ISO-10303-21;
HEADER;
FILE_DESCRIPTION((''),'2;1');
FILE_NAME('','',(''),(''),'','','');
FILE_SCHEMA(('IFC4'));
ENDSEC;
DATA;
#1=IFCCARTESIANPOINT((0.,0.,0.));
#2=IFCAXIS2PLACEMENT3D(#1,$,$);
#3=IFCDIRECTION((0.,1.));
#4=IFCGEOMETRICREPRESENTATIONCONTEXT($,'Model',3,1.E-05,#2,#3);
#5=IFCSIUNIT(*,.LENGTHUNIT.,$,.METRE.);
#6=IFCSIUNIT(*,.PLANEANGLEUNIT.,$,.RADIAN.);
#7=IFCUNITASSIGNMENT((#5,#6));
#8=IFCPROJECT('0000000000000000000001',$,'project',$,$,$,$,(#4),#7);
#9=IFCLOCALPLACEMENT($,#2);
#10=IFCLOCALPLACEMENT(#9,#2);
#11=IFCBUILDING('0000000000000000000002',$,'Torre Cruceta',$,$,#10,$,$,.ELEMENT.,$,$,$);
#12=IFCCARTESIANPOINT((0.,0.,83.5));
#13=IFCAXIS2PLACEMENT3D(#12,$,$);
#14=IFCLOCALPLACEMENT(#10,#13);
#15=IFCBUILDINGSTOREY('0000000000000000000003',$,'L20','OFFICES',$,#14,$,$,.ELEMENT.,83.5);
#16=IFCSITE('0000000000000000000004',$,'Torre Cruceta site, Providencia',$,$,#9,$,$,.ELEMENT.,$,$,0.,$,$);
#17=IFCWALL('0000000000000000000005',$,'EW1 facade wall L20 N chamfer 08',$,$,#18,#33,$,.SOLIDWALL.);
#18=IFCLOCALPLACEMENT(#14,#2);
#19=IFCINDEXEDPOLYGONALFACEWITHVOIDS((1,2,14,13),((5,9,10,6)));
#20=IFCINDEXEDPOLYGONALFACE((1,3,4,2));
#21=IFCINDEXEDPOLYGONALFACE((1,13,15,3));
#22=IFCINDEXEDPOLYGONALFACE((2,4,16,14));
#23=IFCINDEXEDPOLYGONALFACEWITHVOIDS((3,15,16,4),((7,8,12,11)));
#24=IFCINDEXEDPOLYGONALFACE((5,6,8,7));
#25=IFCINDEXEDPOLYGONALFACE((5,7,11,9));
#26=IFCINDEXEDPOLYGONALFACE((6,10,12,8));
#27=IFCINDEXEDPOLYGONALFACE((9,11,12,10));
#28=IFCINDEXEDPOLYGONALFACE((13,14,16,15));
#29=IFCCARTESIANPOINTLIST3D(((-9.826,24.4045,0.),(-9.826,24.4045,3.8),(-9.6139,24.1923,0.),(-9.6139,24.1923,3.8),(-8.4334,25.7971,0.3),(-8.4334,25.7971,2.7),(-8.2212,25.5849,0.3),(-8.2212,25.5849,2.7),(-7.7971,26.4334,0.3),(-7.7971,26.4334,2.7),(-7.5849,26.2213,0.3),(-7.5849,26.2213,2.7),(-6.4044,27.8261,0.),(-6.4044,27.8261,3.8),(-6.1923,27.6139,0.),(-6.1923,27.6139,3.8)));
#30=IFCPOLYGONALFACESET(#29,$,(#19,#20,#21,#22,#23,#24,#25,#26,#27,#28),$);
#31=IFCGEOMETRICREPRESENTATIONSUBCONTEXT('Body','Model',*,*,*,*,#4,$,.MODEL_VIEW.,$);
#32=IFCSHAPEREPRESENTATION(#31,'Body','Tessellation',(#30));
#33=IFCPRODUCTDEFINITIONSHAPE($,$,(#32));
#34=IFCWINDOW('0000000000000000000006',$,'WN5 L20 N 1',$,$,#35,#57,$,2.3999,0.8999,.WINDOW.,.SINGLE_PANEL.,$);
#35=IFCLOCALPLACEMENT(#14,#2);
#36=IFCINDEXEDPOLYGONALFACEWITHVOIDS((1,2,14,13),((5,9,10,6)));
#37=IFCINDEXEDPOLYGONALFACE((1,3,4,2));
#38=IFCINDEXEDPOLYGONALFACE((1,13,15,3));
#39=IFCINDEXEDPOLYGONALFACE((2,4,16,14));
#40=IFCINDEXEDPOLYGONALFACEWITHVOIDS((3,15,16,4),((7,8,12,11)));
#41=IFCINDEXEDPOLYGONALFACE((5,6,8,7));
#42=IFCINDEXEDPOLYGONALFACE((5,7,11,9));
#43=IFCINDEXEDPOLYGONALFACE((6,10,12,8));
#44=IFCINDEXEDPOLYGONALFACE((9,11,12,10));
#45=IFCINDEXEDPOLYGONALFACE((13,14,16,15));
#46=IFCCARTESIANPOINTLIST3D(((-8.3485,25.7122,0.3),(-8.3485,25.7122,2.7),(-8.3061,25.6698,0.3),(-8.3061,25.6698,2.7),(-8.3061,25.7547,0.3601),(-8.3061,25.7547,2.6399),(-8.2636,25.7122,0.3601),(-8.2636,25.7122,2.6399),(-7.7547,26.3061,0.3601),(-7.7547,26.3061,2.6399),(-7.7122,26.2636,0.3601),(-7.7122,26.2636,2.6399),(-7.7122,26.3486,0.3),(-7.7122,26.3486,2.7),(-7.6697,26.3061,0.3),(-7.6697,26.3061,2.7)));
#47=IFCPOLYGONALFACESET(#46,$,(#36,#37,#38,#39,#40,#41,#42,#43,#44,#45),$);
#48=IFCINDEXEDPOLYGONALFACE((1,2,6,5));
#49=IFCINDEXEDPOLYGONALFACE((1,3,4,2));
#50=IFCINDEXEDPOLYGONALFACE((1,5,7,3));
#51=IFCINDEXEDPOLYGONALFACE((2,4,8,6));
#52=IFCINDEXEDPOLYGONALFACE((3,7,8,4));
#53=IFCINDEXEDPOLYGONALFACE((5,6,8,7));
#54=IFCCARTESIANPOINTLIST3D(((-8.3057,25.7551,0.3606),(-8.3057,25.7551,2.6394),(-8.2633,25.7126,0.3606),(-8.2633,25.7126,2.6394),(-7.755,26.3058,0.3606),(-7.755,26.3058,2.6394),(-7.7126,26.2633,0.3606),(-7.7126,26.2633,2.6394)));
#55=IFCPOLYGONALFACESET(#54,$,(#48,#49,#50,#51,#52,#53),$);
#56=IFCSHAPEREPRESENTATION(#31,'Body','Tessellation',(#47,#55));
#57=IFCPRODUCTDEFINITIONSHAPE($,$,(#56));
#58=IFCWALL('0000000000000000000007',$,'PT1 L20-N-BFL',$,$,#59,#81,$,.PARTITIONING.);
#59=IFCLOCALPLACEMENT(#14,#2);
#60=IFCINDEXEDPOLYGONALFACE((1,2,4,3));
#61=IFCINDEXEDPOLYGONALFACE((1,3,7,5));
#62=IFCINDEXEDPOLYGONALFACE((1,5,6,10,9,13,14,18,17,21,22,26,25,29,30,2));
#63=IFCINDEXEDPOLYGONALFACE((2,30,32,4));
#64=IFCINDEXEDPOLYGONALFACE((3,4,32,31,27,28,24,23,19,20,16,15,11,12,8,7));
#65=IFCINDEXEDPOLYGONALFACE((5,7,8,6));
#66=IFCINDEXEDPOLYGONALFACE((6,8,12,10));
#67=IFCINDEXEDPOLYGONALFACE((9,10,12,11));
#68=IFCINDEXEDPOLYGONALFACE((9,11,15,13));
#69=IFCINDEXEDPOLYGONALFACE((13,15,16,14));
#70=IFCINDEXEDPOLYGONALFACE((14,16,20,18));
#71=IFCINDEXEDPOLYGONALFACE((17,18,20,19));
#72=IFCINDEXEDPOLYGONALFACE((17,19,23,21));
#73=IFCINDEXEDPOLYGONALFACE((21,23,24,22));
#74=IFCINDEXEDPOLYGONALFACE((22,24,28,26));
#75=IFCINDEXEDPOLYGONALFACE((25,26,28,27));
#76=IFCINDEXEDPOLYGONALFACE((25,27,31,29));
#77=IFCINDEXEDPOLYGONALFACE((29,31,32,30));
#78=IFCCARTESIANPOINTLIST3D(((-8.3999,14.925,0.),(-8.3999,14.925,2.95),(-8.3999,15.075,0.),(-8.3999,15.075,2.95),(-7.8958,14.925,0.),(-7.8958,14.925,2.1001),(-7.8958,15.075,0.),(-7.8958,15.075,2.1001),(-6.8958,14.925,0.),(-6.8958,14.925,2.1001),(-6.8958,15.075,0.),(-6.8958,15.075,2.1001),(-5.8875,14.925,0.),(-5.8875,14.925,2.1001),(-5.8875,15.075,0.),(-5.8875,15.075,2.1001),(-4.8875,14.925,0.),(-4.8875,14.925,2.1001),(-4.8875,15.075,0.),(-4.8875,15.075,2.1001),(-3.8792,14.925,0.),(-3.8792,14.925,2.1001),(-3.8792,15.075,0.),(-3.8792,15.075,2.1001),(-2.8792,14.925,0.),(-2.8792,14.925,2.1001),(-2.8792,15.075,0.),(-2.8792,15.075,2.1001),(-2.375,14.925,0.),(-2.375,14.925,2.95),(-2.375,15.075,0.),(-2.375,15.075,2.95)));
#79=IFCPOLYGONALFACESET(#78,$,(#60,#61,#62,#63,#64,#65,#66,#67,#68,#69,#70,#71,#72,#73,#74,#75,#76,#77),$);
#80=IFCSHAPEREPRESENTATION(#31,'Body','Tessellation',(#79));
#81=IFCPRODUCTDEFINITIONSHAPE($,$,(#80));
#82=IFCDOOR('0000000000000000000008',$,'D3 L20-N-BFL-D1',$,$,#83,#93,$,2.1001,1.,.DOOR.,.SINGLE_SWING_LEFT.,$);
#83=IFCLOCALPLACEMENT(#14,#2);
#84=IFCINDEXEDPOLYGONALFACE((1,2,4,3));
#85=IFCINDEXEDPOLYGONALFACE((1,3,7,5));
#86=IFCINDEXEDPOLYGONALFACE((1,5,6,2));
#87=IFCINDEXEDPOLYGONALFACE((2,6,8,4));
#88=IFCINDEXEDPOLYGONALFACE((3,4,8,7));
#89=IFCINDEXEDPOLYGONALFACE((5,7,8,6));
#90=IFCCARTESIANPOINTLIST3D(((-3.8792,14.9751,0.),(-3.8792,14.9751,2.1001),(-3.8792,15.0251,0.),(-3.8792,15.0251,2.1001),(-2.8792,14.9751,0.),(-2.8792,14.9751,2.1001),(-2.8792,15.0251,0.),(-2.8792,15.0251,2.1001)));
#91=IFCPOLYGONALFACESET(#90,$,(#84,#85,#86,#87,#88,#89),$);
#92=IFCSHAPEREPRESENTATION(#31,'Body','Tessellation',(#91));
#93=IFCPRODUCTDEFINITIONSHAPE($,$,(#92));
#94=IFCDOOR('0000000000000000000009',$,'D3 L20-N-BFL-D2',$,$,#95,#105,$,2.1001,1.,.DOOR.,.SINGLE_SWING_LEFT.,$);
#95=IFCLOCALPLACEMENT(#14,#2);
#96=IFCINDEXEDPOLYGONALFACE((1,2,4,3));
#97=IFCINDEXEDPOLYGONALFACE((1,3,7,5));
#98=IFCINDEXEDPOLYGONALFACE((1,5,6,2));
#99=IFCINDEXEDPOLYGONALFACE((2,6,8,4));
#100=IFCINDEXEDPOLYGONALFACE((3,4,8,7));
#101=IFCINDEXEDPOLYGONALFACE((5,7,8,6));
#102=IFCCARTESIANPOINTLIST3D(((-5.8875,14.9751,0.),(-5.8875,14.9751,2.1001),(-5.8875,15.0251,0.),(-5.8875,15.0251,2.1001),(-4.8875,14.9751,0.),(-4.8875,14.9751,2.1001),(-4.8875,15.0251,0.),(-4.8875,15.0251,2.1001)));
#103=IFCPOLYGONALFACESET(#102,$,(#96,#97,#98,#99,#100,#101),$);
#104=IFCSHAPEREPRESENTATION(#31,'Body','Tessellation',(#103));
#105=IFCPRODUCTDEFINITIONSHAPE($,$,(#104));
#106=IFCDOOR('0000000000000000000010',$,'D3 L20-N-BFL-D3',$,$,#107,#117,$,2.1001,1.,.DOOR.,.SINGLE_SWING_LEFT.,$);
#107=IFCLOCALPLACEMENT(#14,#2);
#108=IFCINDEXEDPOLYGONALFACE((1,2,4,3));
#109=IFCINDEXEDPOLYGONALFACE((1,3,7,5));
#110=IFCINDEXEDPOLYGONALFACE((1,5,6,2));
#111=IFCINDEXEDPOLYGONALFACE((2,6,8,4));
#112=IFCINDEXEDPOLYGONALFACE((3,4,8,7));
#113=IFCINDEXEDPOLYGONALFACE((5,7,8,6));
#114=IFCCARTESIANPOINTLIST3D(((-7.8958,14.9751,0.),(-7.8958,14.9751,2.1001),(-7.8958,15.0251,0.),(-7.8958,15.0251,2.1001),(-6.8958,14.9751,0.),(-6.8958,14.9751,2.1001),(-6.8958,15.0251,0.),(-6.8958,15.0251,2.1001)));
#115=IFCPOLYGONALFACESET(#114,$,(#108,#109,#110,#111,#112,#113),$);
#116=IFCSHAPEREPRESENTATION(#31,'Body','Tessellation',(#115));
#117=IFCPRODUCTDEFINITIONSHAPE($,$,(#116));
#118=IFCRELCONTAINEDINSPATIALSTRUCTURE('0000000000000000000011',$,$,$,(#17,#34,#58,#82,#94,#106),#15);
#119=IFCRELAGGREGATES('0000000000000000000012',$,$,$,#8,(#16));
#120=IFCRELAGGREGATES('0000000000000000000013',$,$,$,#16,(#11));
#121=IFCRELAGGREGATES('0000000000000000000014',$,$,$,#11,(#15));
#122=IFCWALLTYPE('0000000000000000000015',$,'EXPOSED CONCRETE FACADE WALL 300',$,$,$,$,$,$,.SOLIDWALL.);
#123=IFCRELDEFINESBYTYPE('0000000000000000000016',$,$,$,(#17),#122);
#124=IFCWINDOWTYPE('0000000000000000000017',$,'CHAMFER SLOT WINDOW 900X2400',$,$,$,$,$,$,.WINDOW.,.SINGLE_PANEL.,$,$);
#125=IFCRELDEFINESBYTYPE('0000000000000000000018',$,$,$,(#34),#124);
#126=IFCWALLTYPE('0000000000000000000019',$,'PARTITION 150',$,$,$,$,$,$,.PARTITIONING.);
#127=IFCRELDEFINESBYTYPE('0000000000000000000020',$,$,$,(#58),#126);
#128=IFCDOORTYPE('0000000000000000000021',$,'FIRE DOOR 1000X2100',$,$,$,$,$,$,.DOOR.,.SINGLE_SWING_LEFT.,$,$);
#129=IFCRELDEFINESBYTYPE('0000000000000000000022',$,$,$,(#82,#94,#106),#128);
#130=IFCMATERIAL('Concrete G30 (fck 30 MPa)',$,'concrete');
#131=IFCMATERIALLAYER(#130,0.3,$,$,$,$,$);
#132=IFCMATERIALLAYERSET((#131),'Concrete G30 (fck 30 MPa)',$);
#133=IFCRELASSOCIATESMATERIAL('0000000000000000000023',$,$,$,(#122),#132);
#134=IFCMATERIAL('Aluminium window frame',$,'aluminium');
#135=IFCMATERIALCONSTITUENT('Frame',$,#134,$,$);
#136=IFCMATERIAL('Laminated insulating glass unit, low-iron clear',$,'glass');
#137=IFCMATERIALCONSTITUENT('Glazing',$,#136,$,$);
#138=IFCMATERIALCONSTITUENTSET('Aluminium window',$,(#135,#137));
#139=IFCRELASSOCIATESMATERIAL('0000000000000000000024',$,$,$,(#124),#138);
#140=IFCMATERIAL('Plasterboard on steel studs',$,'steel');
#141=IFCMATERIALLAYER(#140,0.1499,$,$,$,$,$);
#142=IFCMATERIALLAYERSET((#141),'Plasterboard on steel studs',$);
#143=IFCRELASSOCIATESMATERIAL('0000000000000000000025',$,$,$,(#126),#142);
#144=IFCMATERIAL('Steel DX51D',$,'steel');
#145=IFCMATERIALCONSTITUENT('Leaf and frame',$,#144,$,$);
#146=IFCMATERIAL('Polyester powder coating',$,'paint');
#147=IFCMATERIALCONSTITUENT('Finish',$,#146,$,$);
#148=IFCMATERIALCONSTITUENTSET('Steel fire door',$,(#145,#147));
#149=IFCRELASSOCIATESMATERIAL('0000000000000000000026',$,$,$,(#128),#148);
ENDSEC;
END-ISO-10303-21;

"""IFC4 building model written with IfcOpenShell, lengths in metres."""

from ifc_helpers import new_model, si_unit, direction, frame, frame_2d, origin, place, context, subcontext, project, spatial, rectangle, hollow_rectangle, extrude, material, layer, layer_set, constituent, constituent_set, type_object, element, fill, save


model = new_model("IFC4")

# Units and contexts
model_context = context("Model", 3, precision=1e-05, world=origin(), true_north=direction((0.0, 1.0)))
body_context = subcontext(model_context, "Body", "Model", "MODEL_VIEW")
ifc_project = project(units=[si_unit("LENGTHUNIT", "METRE"), si_unit("PLANEANGLEUNIT", "RADIAN")], contexts=[model_context])

# Site, building, storey
site_placement = place(None, origin())
site = spatial("IfcSite", under=ifc_project, at=site_placement, Name="Torre Cruceta site, Providencia", CompositionType="ELEMENT", RefElevation=0.0)
building_placement = place(site_placement, origin())
building = spatial("IfcBuilding", under=site, at=building_placement, Name="Torre Cruceta", CompositionType="ELEMENT")
storey_placement = place(building_placement, frame((0.0, 0.0, 83.5)))
storey = spatial("IfcBuildingStorey", under=building, at=storey_placement, Name="L20", Description="OFFICES", CompositionType="ELEMENT", Elevation=83.5)

# Wall, opening, window
ifc_material_1 = material(Name="Concrete G30 (fck 30 MPa)", Category="concrete")
ifc_layer_1 = layer(ifc_material_1, 0.3)
ifc_layer_set_1 = layer_set([ifc_layer_1], Name="Concrete G30 (fck 30 MPa)")
wall_type_1 = type_object("IfcWallType", Name="EXPOSED CONCRETE FACADE WALL 300", PredefinedType="SOLIDWALL", material=ifc_layer_set_1)
wall_1_placement = place(storey_placement, frame((-6.2983, 27.72, 0.0), z_axis=(0.0, 0.0, 1.0), x_axis=(-0.707107, -0.707107, 0.0)))
wall_1 = element("IfcWall", 1, at=wall_1_placement, inside=storey, type_object=wall_type_1, Name="EW1 facade wall L20 N chamfer 08", PredefinedType="SOLIDWALL", context=body_context, shape_type="SweptSolid", body=[
    extrude(rectangle(XDim=4.8389, YDim=0.3, at=frame_2d((2.4194, 0.0))), origin(), (0.0, 0.0, 1.0), 3.8),
])
opening_1_placement = place(wall_1_placement, frame((1.9695, 0.0, 0.3)))
opening_1 = element("IfcOpeningElement", 2, at=opening_1_placement, cuts=wall_1, PredefinedType="OPENING", context=body_context, shape_type="SweptSolid", body=[
    extrude(rectangle(XDim=0.8999, YDim=2.3999, at=frame_2d((0.45, 1.2))), frame((0.0, 0.1599, 0.0), z_axis=(0.0, -1.0, 0.0), x_axis=(1.0, 0.0, 0.0)), (0.0, 0.0, 1.0), 0.3201),
])
ifc_material_2 = material(Name="Aluminium window frame", Category="aluminium")
ifc_constituent_1 = constituent(ifc_material_2, Name="Frame")
ifc_material_3 = material(Name="Laminated insulating glass unit, low-iron clear", Category="glass")
ifc_constituent_2 = constituent(ifc_material_3, Name="Glazing")
ifc_constituent_set_1 = constituent_set(constituents=[ifc_constituent_1, ifc_constituent_2], Name="Aluminium window")
window_type = type_object("IfcWindowType", Name="CHAMFER SLOT WINDOW 900X2400", PartitioningType="SINGLE_PANEL", PredefinedType="WINDOW", material=ifc_constituent_set_1)
window_placement = place(opening_1_placement, origin())
window = element("IfcWindow", 3, at=window_placement, inside=storey, type_object=window_type, Name="WN5 L20 N 1", OverallHeight=2.3999, OverallWidth=0.8999, PartitioningType="SINGLE_PANEL", PredefinedType="WINDOW", context=body_context, shape_type="SweptSolid", body=[
    extrude(hollow_rectangle(XDim=0.8999, YDim=2.3999, WallThickness=0.0601, at=frame_2d((0.45, 1.2))), frame((0.0, 0.03, 0.0), z_axis=(0.0, -1.0, 0.0), x_axis=(1.0, 0.0, 0.0)), (0.0, 0.0, 1.0), 0.0601),
    extrude(rectangle(XDim=0.7788, YDim=2.2788, at=frame_2d((0.45, 1.2))), frame((0.0, 0.03, 0.0), z_axis=(0.0, -1.0, 0.0), x_axis=(1.0, 0.0, 0.0)), (0.0, 0.0, 1.0), 0.0601),
])
fill(opening_1, window)

# Wall, openings, doors
ifc_material_4 = material(Name="Plasterboard on steel studs", Category="steel")
ifc_layer_2 = layer(ifc_material_4, 0.1499)
ifc_layer_set_2 = layer_set([ifc_layer_2], Name="Plasterboard on steel studs")
wall_type_2 = type_object("IfcWallType", Name="PARTITION 150", PredefinedType="PARTITIONING", material=ifc_layer_set_2)
wall_2_placement = place(storey_placement, frame((-2.375, 15.0, 0.0), z_axis=(0.0, 0.0, 1.0), x_axis=(-1.0, 0.0, 0.0)))
wall_2 = element("IfcWall", 4, at=wall_2_placement, inside=storey, type_object=wall_type_2, Name="PT1 L20-N-BFL", PredefinedType="PARTITIONING", context=body_context, shape_type="SweptSolid", body=[
    extrude(rectangle(XDim=6.0249, YDim=0.1499, at=frame_2d((3.0125, 0.0))), origin(), (0.0, 0.0, 1.0), 2.95),
])
opening_2_placement = place(wall_2_placement, frame((0.5042, 0.0, 0.0)))
opening_2 = element("IfcOpeningElement", 5, at=opening_2_placement, cuts=wall_2, PredefinedType="OPENING", context=body_context, shape_type="SweptSolid", body=[
    extrude(rectangle(XDim=1.0, YDim=2.1001, at=frame_2d((0.5, 1.05))), frame((0.0, 0.085, 0.0), z_axis=(0.0, -1.0, 0.0), x_axis=(1.0, 0.0, 0.0)), (0.0, 0.0, 1.0), 0.1699),
])
opening_3_placement = place(wall_2_placement, frame((2.5125, 0.0, 0.0)))
opening_3 = element("IfcOpeningElement", 6, at=opening_3_placement, cuts=wall_2, PredefinedType="OPENING", context=body_context, shape_type="SweptSolid", body=[
    extrude(rectangle(XDim=1.0, YDim=2.1001, at=frame_2d((0.5, 1.05))), frame((0.0, 0.085, 0.0), z_axis=(0.0, -1.0, 0.0), x_axis=(1.0, 0.0, 0.0)), (0.0, 0.0, 1.0), 0.1699),
])
opening_4_placement = place(wall_2_placement, frame((4.5208, 0.0, 0.0)))
opening_4 = element("IfcOpeningElement", 7, at=opening_4_placement, cuts=wall_2, PredefinedType="OPENING", context=body_context, shape_type="SweptSolid", body=[
    extrude(rectangle(XDim=1.0, YDim=2.1001, at=frame_2d((0.5, 1.05))), frame((0.0, 0.085, 0.0), z_axis=(0.0, -1.0, 0.0), x_axis=(1.0, 0.0, 0.0)), (0.0, 0.0, 1.0), 0.1699),
])
ifc_material_5 = material(Name="Steel DX51D", Category="steel")
ifc_constituent_3 = constituent(ifc_material_5, Name="Leaf and frame")
ifc_material_6 = material(Name="Polyester powder coating", Category="paint")
ifc_constituent_4 = constituent(ifc_material_6, Name="Finish")
ifc_constituent_set_2 = constituent_set(constituents=[ifc_constituent_3, ifc_constituent_4], Name="Steel fire door")
door_type = type_object("IfcDoorType", Name="FIRE DOOR 1000X2100", OperationType="SINGLE_SWING_LEFT", PredefinedType="DOOR", material=ifc_constituent_set_2)
door_1_placement = place(opening_2_placement, origin())
door_1 = element("IfcDoor", 8, at=door_1_placement, inside=storey, type_object=door_type, Name="D3 L20-N-BFL-D1", OperationType="SINGLE_SWING_LEFT", OverallHeight=2.1001, OverallWidth=1.0, PredefinedType="DOOR", context=body_context, shape_type="SweptSolid", body=[
    extrude(rectangle(XDim=1.0, YDim=2.1001, at=frame_2d((0.5, 1.05))), frame((0.0, 0.0249, 0.0), z_axis=(0.0, -1.0, 0.0), x_axis=(1.0, 0.0, 0.0)), (0.0, 0.0, 1.0), 0.05),
])
fill(opening_2, door_1)
door_2_placement = place(opening_3_placement, origin())
door_2 = element("IfcDoor", 9, at=door_2_placement, inside=storey, type_object=door_type, Name="D3 L20-N-BFL-D2", OperationType="SINGLE_SWING_LEFT", OverallHeight=2.1001, OverallWidth=1.0, PredefinedType="DOOR", context=body_context, shape_type="SweptSolid", body=[
    extrude(rectangle(XDim=1.0, YDim=2.1001, at=frame_2d((0.5, 1.05))), frame((0.0, 0.0249, 0.0), z_axis=(0.0, -1.0, 0.0), x_axis=(1.0, 0.0, 0.0)), (0.0, 0.0, 1.0), 0.05),
])
fill(opening_3, door_2)
door_3_placement = place(opening_4_placement, origin())
door_3 = element("IfcDoor", 10, at=door_3_placement, inside=storey, type_object=door_type, Name="D3 L20-N-BFL-D3", OperationType="SINGLE_SWING_LEFT", OverallHeight=2.1001, OverallWidth=1.0, PredefinedType="DOOR", context=body_context, shape_type="SweptSolid", body=[
    extrude(rectangle(XDim=1.0, YDim=2.1001, at=frame_2d((0.5, 1.05))), frame((0.0, 0.0249, 0.0), z_axis=(0.0, -1.0, 0.0), x_axis=(1.0, 0.0, 0.0)), (0.0, 0.0, 1.0), 0.05),
])
fill(opening_4, door_3)

save(model, "model.ifc")
